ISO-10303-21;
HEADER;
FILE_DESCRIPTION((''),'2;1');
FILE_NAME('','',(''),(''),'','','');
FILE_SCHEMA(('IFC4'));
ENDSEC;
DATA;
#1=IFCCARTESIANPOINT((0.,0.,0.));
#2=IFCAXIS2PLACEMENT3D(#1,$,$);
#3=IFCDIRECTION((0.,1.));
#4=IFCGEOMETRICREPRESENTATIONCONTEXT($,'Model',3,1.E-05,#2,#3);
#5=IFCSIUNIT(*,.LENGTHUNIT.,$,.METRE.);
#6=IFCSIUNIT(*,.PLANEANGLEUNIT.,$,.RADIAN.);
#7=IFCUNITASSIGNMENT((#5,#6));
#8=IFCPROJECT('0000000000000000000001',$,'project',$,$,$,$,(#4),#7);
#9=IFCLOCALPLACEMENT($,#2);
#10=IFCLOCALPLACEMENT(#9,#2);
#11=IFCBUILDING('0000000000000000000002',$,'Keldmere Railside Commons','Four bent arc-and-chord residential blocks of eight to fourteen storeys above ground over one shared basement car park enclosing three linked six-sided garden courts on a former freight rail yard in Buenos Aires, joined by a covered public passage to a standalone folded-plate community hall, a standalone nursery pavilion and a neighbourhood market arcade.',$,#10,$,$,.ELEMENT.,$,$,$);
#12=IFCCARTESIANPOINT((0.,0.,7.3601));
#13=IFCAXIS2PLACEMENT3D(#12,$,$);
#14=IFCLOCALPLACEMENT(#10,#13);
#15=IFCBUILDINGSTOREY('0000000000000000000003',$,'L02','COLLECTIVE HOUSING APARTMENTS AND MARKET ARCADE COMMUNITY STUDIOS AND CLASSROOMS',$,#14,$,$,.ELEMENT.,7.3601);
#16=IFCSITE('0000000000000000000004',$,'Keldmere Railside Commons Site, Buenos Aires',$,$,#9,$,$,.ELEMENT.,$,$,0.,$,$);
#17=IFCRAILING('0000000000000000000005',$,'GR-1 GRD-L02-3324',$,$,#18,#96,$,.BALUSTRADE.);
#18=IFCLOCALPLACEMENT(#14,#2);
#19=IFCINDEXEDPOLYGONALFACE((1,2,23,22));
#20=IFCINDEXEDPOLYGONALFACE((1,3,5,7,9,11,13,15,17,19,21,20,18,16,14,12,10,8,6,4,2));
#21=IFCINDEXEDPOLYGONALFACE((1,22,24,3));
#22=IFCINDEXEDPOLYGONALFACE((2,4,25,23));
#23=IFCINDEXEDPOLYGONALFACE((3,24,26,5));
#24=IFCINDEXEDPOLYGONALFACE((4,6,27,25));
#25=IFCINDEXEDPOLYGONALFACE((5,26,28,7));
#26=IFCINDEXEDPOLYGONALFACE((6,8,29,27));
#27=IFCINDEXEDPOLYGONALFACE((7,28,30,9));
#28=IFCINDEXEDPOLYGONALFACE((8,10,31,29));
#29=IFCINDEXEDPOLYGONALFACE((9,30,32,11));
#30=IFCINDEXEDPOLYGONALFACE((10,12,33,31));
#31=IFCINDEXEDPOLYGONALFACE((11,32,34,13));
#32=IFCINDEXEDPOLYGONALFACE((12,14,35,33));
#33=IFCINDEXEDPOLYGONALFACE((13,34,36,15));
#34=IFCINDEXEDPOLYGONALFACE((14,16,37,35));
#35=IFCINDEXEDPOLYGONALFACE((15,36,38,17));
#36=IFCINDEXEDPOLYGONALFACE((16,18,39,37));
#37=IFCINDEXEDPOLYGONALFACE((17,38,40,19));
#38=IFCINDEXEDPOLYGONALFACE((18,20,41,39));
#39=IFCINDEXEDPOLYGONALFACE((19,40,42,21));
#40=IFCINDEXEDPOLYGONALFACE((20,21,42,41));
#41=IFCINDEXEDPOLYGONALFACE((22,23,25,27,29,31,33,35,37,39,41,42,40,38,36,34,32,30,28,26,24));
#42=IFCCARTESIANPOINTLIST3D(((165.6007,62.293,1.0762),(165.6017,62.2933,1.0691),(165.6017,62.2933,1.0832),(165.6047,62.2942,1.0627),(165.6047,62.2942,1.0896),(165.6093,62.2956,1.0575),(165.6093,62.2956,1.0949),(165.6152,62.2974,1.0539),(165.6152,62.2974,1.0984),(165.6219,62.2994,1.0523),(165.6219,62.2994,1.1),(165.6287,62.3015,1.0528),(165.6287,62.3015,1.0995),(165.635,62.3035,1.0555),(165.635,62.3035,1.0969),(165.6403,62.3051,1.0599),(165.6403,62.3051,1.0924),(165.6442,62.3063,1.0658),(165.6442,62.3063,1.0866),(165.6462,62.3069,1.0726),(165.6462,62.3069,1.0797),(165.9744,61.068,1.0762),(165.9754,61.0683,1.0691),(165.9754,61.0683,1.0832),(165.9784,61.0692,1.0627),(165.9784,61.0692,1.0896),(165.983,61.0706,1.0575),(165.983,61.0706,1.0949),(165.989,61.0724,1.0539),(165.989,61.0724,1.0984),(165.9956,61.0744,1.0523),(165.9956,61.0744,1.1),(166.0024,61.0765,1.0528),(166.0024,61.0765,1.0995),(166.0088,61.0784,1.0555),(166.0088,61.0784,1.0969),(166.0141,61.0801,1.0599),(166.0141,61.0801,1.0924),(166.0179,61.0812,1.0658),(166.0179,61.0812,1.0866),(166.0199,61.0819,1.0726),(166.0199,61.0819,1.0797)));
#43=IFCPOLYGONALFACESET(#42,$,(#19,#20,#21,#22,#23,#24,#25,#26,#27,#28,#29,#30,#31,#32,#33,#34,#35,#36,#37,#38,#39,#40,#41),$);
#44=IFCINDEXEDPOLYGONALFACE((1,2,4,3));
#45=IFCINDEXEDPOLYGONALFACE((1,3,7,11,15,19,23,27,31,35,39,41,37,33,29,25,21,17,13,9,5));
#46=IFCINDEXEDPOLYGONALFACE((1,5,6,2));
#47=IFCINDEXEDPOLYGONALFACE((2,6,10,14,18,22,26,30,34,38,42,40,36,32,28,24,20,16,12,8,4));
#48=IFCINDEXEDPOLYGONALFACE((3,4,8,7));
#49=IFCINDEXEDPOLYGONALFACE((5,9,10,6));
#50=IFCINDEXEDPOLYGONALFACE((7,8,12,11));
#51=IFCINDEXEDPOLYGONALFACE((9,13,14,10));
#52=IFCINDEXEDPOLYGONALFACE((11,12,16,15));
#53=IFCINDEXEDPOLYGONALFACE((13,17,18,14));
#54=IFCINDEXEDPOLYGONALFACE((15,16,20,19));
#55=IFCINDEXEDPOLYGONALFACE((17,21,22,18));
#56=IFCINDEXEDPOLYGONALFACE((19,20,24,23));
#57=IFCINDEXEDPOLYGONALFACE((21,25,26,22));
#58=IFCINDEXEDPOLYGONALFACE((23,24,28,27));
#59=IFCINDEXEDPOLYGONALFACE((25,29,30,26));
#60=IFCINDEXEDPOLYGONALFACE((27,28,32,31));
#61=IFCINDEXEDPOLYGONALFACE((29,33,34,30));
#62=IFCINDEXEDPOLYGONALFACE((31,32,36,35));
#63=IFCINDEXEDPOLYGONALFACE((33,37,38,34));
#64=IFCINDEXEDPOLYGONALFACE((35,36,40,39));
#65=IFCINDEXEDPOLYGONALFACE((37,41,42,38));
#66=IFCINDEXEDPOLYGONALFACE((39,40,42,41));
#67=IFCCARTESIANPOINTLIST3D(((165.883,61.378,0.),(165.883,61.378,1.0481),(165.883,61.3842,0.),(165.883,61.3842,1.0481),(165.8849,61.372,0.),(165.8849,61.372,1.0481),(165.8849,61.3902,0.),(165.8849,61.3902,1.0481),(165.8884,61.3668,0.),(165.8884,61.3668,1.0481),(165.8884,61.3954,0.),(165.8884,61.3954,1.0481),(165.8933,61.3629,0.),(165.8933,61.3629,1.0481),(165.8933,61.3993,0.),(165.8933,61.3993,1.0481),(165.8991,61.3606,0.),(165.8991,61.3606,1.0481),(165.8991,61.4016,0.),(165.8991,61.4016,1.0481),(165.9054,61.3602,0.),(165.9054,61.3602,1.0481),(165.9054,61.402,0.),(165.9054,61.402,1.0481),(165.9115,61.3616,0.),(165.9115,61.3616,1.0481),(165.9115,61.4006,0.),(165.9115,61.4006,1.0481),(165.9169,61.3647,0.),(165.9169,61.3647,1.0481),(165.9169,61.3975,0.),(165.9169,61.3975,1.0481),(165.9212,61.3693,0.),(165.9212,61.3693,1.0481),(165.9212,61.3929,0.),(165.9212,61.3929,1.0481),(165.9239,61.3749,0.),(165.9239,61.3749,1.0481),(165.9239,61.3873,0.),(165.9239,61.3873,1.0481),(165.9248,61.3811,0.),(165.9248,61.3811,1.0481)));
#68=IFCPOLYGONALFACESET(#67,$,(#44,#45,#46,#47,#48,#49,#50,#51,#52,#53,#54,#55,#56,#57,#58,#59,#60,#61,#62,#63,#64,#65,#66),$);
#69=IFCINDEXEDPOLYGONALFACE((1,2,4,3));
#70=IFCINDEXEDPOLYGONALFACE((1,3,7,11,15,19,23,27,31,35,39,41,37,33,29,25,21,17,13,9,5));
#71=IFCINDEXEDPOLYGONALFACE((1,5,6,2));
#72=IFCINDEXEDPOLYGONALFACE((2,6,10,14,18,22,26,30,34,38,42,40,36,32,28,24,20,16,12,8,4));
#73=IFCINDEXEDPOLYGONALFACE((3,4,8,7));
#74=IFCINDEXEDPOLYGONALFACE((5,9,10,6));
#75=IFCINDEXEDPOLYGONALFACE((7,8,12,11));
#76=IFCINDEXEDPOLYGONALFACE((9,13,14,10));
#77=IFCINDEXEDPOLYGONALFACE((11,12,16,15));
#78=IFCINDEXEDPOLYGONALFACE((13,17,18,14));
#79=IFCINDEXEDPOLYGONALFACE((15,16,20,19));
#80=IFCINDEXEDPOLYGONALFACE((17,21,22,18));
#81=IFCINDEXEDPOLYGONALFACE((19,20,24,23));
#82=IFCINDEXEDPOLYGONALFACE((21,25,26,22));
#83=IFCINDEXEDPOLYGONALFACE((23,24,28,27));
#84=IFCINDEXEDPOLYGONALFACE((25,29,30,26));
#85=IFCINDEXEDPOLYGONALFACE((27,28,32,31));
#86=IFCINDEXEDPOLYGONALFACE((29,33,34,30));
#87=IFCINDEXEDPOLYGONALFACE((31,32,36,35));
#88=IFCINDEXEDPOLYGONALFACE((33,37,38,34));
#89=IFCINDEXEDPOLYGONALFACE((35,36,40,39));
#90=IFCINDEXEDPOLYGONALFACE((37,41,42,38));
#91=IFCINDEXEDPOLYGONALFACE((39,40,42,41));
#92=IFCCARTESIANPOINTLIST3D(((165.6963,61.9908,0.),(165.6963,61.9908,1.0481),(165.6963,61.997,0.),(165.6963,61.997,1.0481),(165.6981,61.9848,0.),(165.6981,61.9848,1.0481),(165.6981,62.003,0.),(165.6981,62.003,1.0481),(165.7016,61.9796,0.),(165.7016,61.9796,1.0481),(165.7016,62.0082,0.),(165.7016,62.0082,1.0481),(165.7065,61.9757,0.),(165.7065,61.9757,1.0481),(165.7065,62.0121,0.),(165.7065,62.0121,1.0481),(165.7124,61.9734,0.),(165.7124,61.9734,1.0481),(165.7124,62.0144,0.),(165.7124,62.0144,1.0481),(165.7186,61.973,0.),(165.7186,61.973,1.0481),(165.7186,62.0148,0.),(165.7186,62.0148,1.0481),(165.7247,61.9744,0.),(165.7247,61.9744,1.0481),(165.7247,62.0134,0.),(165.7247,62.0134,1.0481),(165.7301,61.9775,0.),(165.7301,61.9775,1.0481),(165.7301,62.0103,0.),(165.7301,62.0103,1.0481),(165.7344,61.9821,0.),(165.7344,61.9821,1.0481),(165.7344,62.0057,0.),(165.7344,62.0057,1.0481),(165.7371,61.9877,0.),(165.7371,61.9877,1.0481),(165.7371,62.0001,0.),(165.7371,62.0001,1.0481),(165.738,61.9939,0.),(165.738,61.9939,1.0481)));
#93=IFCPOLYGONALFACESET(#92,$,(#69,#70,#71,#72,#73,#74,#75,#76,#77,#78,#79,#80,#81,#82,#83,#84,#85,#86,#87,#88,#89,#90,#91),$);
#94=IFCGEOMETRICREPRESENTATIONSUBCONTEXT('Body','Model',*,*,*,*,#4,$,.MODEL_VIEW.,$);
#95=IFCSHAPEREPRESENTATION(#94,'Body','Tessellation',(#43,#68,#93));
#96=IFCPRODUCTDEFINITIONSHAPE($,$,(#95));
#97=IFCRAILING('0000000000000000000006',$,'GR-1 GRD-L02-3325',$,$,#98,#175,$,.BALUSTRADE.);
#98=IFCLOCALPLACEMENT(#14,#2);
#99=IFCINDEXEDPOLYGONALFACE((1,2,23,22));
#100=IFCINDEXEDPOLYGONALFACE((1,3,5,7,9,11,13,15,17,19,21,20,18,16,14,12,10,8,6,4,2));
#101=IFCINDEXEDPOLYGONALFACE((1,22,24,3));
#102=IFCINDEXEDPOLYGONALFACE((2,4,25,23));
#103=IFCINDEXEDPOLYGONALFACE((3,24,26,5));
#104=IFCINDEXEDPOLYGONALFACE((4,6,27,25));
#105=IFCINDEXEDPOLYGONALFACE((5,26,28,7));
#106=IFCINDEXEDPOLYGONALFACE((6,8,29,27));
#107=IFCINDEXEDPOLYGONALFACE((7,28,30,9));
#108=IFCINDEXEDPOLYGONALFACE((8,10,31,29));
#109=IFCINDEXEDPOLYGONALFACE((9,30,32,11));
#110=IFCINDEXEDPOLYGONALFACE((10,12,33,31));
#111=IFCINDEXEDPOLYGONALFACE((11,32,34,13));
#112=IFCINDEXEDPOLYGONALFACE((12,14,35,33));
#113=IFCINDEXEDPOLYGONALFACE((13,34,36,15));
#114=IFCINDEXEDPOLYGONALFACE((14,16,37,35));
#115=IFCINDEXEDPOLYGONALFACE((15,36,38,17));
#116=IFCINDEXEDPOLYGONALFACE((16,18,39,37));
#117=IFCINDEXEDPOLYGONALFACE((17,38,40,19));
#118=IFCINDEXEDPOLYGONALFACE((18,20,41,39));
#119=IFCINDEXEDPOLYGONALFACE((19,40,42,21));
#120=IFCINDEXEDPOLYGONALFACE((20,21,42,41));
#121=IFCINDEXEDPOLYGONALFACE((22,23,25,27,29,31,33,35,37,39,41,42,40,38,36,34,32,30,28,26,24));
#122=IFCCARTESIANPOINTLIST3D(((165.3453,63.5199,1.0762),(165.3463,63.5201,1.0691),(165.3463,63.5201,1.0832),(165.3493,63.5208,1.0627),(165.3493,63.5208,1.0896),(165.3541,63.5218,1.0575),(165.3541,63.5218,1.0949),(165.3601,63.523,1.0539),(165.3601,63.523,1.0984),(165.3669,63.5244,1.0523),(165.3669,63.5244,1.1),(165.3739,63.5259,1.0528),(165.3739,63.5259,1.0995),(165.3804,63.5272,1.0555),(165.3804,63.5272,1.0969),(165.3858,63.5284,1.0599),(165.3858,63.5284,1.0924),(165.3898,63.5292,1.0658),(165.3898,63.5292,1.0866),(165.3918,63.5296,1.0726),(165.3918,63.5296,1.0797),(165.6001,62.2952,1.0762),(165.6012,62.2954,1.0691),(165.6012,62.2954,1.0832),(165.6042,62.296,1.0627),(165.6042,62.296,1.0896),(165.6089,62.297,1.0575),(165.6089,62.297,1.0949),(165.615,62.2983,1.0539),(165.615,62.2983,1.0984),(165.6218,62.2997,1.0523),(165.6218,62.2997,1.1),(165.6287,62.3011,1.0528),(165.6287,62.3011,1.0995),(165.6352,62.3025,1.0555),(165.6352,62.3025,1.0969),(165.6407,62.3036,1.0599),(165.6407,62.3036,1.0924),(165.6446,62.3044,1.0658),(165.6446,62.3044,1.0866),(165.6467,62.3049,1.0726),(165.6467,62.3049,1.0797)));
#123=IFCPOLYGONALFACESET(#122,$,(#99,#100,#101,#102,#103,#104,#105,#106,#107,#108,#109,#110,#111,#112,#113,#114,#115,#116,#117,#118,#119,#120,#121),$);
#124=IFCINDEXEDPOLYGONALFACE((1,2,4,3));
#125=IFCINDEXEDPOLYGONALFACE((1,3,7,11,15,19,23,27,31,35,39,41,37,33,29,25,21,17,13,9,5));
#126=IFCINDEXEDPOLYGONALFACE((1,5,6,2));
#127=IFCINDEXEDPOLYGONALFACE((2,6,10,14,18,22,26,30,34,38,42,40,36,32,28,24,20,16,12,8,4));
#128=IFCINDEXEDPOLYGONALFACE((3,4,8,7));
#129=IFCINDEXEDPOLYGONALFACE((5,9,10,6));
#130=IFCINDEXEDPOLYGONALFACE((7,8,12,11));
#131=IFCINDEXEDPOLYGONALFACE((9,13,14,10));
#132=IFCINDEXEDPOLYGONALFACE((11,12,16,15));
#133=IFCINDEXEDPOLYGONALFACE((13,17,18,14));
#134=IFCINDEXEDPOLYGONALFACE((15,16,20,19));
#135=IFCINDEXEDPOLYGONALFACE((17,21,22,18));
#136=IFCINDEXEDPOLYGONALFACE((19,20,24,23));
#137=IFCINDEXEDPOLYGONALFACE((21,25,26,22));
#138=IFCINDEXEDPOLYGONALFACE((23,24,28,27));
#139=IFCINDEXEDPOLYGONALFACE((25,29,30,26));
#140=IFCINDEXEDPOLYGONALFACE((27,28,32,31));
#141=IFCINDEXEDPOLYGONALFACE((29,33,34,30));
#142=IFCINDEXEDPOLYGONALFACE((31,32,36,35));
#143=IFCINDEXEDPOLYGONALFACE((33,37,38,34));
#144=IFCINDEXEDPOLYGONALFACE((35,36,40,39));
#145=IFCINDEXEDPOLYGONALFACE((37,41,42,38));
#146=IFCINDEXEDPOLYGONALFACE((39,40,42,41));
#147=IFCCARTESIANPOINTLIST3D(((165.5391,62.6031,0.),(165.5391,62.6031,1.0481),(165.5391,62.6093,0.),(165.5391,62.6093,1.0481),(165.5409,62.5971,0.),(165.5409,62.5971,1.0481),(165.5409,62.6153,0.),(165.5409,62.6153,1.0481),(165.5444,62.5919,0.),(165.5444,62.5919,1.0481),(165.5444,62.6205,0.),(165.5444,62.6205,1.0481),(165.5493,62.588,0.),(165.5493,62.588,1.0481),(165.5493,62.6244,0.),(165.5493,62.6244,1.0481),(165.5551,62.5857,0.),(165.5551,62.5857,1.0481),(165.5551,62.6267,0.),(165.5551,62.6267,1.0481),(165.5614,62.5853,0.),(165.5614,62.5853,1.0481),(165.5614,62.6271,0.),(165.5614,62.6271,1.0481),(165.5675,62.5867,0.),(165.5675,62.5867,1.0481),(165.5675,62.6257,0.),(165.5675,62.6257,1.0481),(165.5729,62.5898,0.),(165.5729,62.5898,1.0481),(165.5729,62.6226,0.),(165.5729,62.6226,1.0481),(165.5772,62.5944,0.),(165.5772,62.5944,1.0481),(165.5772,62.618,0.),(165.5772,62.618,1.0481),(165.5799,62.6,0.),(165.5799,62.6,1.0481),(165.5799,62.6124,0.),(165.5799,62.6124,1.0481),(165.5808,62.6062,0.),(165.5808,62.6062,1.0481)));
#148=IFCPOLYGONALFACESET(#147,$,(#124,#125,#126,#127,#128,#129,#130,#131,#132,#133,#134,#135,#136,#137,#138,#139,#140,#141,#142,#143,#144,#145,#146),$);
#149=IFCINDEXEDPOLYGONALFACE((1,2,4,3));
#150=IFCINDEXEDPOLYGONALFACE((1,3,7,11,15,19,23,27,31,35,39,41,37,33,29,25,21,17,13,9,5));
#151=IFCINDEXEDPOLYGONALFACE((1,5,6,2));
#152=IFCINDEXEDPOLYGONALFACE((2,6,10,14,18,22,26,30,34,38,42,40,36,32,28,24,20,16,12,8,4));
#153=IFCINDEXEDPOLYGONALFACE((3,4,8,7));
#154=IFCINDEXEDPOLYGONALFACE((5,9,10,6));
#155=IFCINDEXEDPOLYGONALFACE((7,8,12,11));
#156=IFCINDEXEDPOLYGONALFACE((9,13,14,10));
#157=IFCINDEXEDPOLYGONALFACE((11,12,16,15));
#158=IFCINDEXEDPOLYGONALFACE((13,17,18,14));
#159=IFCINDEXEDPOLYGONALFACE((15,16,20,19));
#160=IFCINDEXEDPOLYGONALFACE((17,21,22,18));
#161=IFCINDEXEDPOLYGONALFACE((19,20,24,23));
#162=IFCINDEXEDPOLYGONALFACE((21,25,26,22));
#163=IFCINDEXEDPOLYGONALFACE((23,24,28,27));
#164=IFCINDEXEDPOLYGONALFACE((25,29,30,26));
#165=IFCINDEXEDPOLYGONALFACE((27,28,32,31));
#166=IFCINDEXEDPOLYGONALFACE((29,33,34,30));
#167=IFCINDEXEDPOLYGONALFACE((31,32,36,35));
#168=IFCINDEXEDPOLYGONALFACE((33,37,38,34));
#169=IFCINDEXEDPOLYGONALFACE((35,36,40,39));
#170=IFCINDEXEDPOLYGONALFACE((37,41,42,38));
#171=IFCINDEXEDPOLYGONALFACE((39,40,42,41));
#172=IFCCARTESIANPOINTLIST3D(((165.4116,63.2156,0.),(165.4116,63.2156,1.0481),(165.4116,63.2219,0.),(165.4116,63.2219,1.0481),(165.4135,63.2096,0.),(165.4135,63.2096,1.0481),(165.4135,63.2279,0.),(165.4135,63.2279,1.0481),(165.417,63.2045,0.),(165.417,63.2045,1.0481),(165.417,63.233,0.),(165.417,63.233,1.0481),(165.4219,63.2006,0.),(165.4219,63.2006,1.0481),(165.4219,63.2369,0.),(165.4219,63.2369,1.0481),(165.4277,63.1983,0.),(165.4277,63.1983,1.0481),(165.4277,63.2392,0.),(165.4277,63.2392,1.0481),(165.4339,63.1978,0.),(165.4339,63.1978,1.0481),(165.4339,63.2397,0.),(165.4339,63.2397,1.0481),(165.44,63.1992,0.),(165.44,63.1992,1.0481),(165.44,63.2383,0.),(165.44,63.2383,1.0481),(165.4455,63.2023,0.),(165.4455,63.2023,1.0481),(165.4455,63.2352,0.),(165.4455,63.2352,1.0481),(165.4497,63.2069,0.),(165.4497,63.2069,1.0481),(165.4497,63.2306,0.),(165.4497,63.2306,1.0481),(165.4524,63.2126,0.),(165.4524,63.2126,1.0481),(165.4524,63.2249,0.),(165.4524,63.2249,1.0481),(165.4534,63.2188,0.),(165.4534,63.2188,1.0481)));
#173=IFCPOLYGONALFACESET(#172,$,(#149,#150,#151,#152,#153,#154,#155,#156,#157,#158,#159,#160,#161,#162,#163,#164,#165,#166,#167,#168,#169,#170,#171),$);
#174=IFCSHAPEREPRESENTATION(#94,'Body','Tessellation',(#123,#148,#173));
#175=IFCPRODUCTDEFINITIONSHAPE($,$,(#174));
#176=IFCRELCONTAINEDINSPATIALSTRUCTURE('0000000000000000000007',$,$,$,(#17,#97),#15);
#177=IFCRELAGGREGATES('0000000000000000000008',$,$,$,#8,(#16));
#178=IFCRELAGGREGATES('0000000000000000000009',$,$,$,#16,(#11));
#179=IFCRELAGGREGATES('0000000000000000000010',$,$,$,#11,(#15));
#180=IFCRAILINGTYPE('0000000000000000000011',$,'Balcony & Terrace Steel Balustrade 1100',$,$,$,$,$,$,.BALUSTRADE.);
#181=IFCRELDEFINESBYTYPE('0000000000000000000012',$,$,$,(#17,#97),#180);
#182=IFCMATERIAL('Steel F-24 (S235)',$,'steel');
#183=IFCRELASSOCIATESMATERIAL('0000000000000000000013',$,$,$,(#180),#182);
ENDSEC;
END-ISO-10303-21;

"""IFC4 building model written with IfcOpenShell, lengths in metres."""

from ifc_helpers import new_model, si_unit, direction, frame, origin, origin_2d, place, context, subcontext, project, spatial, circle, extrude, material, type_object, element, save


model = new_model("IFC4")

# Units and contexts
model_context = context("Model", 3, precision=1e-05, world=origin(), true_north=direction((0.0, 1.0)))
body_context = subcontext(model_context, "Body", "Model", "MODEL_VIEW")
ifc_project = project(units=[si_unit("LENGTHUNIT", "METRE"), si_unit("PLANEANGLEUNIT", "RADIAN")], contexts=[model_context])

# Site, building, storey
site_placement = place(None, origin())
site = spatial("IfcSite", under=ifc_project, at=site_placement, Name="Keldmere Railside Commons Site, Buenos Aires", CompositionType="ELEMENT", RefElevation=0.0)
building_placement = place(site_placement, origin())
building = spatial("IfcBuilding", under=site, at=building_placement, Name="Keldmere Railside Commons", Description="Four bent arc-and-chord residential blocks of eight to fourteen storeys above ground over one shared basement car park enclosing three linked six-sided garden courts on a former freight rail yard in Buenos Aires, joined by a covered public passage to a standalone folded-plate community hall, a standalone nursery pavilion and a neighbourhood market arcade.", CompositionType="ELEMENT")
storey_placement = place(building_placement, frame((0.0, 0.0, 7.3601)))
storey = spatial("IfcBuildingStorey", under=building, at=storey_placement, Name="L02", Description="COLLECTIVE HOUSING APARTMENTS AND MARKET ARCADE COMMUNITY STUDIOS AND CLASSROOMS", CompositionType="ELEMENT", Elevation=7.3601)

# Shared definitions
ifc_material_1 = material(Name="Steel F-24 (S235)", Category="steel")

# Railings
railing_type = type_object("IfcRailingType", Name="Balcony & Terrace Steel Balustrade 1100", PredefinedType="BALUSTRADE", material=ifc_material_1)
railing_1_placement = place(storey_placement, frame((165.9973, 61.075, 0.0)))
element("IfcRailing", 1, at=railing_1_placement, inside=storey, type_object=railing_type, Name="GR-1 GRD-L02-3324", PredefinedType="BALUSTRADE", context=body_context, shape_type="SweptSolid", body=[
    extrude(circle(Radius=0.0239, at=origin_2d()), frame((0.0, 0.0, 1.0762), z_axis=(-0.291821, 0.956473, 0.0), x_axis=(-0.956473, -0.291821, 0.0)), (0.0, 0.0, 1.0), 1.2808),
    extrude(circle(Radius=0.021, at=origin_2d()), frame((-0.0935, 0.3062, 0.0)), (0.0, 0.0, 1.0), 1.0481),
    extrude(circle(Radius=0.021, at=origin_2d()), frame((-0.2803, 0.9189, 0.0)), (0.0, 0.0, 1.0), 1.0481),
])
railing_2_placement = place(storey_placement, frame((165.6235, 62.3, 0.0)))
element("IfcRailing", 2, at=railing_2_placement, inside=storey, type_object=railing_type, Name="GR-1 GRD-L02-3325", PredefinedType="BALUSTRADE", context=body_context, shape_type="SweptSolid", body=[
    extrude(circle(Radius=0.0239, at=origin_2d()), frame((0.0, 0.0, 1.0762), z_axis=(-0.203728, 0.979027, 0.0), x_axis=(-0.979027, -0.203728, 0.0)), (0.0, 0.0, 1.0), 1.251),
    extrude(circle(Radius=0.021, at=origin_2d()), frame((-0.0637, 0.3062, 0.0)), (0.0, 0.0, 1.0), 1.0481),
    extrude(circle(Radius=0.021, at=origin_2d()), frame((-0.1912, 0.9187, 0.0)), (0.0, 0.0, 1.0), 1.0481),
])

save(model, "model.ifc")
